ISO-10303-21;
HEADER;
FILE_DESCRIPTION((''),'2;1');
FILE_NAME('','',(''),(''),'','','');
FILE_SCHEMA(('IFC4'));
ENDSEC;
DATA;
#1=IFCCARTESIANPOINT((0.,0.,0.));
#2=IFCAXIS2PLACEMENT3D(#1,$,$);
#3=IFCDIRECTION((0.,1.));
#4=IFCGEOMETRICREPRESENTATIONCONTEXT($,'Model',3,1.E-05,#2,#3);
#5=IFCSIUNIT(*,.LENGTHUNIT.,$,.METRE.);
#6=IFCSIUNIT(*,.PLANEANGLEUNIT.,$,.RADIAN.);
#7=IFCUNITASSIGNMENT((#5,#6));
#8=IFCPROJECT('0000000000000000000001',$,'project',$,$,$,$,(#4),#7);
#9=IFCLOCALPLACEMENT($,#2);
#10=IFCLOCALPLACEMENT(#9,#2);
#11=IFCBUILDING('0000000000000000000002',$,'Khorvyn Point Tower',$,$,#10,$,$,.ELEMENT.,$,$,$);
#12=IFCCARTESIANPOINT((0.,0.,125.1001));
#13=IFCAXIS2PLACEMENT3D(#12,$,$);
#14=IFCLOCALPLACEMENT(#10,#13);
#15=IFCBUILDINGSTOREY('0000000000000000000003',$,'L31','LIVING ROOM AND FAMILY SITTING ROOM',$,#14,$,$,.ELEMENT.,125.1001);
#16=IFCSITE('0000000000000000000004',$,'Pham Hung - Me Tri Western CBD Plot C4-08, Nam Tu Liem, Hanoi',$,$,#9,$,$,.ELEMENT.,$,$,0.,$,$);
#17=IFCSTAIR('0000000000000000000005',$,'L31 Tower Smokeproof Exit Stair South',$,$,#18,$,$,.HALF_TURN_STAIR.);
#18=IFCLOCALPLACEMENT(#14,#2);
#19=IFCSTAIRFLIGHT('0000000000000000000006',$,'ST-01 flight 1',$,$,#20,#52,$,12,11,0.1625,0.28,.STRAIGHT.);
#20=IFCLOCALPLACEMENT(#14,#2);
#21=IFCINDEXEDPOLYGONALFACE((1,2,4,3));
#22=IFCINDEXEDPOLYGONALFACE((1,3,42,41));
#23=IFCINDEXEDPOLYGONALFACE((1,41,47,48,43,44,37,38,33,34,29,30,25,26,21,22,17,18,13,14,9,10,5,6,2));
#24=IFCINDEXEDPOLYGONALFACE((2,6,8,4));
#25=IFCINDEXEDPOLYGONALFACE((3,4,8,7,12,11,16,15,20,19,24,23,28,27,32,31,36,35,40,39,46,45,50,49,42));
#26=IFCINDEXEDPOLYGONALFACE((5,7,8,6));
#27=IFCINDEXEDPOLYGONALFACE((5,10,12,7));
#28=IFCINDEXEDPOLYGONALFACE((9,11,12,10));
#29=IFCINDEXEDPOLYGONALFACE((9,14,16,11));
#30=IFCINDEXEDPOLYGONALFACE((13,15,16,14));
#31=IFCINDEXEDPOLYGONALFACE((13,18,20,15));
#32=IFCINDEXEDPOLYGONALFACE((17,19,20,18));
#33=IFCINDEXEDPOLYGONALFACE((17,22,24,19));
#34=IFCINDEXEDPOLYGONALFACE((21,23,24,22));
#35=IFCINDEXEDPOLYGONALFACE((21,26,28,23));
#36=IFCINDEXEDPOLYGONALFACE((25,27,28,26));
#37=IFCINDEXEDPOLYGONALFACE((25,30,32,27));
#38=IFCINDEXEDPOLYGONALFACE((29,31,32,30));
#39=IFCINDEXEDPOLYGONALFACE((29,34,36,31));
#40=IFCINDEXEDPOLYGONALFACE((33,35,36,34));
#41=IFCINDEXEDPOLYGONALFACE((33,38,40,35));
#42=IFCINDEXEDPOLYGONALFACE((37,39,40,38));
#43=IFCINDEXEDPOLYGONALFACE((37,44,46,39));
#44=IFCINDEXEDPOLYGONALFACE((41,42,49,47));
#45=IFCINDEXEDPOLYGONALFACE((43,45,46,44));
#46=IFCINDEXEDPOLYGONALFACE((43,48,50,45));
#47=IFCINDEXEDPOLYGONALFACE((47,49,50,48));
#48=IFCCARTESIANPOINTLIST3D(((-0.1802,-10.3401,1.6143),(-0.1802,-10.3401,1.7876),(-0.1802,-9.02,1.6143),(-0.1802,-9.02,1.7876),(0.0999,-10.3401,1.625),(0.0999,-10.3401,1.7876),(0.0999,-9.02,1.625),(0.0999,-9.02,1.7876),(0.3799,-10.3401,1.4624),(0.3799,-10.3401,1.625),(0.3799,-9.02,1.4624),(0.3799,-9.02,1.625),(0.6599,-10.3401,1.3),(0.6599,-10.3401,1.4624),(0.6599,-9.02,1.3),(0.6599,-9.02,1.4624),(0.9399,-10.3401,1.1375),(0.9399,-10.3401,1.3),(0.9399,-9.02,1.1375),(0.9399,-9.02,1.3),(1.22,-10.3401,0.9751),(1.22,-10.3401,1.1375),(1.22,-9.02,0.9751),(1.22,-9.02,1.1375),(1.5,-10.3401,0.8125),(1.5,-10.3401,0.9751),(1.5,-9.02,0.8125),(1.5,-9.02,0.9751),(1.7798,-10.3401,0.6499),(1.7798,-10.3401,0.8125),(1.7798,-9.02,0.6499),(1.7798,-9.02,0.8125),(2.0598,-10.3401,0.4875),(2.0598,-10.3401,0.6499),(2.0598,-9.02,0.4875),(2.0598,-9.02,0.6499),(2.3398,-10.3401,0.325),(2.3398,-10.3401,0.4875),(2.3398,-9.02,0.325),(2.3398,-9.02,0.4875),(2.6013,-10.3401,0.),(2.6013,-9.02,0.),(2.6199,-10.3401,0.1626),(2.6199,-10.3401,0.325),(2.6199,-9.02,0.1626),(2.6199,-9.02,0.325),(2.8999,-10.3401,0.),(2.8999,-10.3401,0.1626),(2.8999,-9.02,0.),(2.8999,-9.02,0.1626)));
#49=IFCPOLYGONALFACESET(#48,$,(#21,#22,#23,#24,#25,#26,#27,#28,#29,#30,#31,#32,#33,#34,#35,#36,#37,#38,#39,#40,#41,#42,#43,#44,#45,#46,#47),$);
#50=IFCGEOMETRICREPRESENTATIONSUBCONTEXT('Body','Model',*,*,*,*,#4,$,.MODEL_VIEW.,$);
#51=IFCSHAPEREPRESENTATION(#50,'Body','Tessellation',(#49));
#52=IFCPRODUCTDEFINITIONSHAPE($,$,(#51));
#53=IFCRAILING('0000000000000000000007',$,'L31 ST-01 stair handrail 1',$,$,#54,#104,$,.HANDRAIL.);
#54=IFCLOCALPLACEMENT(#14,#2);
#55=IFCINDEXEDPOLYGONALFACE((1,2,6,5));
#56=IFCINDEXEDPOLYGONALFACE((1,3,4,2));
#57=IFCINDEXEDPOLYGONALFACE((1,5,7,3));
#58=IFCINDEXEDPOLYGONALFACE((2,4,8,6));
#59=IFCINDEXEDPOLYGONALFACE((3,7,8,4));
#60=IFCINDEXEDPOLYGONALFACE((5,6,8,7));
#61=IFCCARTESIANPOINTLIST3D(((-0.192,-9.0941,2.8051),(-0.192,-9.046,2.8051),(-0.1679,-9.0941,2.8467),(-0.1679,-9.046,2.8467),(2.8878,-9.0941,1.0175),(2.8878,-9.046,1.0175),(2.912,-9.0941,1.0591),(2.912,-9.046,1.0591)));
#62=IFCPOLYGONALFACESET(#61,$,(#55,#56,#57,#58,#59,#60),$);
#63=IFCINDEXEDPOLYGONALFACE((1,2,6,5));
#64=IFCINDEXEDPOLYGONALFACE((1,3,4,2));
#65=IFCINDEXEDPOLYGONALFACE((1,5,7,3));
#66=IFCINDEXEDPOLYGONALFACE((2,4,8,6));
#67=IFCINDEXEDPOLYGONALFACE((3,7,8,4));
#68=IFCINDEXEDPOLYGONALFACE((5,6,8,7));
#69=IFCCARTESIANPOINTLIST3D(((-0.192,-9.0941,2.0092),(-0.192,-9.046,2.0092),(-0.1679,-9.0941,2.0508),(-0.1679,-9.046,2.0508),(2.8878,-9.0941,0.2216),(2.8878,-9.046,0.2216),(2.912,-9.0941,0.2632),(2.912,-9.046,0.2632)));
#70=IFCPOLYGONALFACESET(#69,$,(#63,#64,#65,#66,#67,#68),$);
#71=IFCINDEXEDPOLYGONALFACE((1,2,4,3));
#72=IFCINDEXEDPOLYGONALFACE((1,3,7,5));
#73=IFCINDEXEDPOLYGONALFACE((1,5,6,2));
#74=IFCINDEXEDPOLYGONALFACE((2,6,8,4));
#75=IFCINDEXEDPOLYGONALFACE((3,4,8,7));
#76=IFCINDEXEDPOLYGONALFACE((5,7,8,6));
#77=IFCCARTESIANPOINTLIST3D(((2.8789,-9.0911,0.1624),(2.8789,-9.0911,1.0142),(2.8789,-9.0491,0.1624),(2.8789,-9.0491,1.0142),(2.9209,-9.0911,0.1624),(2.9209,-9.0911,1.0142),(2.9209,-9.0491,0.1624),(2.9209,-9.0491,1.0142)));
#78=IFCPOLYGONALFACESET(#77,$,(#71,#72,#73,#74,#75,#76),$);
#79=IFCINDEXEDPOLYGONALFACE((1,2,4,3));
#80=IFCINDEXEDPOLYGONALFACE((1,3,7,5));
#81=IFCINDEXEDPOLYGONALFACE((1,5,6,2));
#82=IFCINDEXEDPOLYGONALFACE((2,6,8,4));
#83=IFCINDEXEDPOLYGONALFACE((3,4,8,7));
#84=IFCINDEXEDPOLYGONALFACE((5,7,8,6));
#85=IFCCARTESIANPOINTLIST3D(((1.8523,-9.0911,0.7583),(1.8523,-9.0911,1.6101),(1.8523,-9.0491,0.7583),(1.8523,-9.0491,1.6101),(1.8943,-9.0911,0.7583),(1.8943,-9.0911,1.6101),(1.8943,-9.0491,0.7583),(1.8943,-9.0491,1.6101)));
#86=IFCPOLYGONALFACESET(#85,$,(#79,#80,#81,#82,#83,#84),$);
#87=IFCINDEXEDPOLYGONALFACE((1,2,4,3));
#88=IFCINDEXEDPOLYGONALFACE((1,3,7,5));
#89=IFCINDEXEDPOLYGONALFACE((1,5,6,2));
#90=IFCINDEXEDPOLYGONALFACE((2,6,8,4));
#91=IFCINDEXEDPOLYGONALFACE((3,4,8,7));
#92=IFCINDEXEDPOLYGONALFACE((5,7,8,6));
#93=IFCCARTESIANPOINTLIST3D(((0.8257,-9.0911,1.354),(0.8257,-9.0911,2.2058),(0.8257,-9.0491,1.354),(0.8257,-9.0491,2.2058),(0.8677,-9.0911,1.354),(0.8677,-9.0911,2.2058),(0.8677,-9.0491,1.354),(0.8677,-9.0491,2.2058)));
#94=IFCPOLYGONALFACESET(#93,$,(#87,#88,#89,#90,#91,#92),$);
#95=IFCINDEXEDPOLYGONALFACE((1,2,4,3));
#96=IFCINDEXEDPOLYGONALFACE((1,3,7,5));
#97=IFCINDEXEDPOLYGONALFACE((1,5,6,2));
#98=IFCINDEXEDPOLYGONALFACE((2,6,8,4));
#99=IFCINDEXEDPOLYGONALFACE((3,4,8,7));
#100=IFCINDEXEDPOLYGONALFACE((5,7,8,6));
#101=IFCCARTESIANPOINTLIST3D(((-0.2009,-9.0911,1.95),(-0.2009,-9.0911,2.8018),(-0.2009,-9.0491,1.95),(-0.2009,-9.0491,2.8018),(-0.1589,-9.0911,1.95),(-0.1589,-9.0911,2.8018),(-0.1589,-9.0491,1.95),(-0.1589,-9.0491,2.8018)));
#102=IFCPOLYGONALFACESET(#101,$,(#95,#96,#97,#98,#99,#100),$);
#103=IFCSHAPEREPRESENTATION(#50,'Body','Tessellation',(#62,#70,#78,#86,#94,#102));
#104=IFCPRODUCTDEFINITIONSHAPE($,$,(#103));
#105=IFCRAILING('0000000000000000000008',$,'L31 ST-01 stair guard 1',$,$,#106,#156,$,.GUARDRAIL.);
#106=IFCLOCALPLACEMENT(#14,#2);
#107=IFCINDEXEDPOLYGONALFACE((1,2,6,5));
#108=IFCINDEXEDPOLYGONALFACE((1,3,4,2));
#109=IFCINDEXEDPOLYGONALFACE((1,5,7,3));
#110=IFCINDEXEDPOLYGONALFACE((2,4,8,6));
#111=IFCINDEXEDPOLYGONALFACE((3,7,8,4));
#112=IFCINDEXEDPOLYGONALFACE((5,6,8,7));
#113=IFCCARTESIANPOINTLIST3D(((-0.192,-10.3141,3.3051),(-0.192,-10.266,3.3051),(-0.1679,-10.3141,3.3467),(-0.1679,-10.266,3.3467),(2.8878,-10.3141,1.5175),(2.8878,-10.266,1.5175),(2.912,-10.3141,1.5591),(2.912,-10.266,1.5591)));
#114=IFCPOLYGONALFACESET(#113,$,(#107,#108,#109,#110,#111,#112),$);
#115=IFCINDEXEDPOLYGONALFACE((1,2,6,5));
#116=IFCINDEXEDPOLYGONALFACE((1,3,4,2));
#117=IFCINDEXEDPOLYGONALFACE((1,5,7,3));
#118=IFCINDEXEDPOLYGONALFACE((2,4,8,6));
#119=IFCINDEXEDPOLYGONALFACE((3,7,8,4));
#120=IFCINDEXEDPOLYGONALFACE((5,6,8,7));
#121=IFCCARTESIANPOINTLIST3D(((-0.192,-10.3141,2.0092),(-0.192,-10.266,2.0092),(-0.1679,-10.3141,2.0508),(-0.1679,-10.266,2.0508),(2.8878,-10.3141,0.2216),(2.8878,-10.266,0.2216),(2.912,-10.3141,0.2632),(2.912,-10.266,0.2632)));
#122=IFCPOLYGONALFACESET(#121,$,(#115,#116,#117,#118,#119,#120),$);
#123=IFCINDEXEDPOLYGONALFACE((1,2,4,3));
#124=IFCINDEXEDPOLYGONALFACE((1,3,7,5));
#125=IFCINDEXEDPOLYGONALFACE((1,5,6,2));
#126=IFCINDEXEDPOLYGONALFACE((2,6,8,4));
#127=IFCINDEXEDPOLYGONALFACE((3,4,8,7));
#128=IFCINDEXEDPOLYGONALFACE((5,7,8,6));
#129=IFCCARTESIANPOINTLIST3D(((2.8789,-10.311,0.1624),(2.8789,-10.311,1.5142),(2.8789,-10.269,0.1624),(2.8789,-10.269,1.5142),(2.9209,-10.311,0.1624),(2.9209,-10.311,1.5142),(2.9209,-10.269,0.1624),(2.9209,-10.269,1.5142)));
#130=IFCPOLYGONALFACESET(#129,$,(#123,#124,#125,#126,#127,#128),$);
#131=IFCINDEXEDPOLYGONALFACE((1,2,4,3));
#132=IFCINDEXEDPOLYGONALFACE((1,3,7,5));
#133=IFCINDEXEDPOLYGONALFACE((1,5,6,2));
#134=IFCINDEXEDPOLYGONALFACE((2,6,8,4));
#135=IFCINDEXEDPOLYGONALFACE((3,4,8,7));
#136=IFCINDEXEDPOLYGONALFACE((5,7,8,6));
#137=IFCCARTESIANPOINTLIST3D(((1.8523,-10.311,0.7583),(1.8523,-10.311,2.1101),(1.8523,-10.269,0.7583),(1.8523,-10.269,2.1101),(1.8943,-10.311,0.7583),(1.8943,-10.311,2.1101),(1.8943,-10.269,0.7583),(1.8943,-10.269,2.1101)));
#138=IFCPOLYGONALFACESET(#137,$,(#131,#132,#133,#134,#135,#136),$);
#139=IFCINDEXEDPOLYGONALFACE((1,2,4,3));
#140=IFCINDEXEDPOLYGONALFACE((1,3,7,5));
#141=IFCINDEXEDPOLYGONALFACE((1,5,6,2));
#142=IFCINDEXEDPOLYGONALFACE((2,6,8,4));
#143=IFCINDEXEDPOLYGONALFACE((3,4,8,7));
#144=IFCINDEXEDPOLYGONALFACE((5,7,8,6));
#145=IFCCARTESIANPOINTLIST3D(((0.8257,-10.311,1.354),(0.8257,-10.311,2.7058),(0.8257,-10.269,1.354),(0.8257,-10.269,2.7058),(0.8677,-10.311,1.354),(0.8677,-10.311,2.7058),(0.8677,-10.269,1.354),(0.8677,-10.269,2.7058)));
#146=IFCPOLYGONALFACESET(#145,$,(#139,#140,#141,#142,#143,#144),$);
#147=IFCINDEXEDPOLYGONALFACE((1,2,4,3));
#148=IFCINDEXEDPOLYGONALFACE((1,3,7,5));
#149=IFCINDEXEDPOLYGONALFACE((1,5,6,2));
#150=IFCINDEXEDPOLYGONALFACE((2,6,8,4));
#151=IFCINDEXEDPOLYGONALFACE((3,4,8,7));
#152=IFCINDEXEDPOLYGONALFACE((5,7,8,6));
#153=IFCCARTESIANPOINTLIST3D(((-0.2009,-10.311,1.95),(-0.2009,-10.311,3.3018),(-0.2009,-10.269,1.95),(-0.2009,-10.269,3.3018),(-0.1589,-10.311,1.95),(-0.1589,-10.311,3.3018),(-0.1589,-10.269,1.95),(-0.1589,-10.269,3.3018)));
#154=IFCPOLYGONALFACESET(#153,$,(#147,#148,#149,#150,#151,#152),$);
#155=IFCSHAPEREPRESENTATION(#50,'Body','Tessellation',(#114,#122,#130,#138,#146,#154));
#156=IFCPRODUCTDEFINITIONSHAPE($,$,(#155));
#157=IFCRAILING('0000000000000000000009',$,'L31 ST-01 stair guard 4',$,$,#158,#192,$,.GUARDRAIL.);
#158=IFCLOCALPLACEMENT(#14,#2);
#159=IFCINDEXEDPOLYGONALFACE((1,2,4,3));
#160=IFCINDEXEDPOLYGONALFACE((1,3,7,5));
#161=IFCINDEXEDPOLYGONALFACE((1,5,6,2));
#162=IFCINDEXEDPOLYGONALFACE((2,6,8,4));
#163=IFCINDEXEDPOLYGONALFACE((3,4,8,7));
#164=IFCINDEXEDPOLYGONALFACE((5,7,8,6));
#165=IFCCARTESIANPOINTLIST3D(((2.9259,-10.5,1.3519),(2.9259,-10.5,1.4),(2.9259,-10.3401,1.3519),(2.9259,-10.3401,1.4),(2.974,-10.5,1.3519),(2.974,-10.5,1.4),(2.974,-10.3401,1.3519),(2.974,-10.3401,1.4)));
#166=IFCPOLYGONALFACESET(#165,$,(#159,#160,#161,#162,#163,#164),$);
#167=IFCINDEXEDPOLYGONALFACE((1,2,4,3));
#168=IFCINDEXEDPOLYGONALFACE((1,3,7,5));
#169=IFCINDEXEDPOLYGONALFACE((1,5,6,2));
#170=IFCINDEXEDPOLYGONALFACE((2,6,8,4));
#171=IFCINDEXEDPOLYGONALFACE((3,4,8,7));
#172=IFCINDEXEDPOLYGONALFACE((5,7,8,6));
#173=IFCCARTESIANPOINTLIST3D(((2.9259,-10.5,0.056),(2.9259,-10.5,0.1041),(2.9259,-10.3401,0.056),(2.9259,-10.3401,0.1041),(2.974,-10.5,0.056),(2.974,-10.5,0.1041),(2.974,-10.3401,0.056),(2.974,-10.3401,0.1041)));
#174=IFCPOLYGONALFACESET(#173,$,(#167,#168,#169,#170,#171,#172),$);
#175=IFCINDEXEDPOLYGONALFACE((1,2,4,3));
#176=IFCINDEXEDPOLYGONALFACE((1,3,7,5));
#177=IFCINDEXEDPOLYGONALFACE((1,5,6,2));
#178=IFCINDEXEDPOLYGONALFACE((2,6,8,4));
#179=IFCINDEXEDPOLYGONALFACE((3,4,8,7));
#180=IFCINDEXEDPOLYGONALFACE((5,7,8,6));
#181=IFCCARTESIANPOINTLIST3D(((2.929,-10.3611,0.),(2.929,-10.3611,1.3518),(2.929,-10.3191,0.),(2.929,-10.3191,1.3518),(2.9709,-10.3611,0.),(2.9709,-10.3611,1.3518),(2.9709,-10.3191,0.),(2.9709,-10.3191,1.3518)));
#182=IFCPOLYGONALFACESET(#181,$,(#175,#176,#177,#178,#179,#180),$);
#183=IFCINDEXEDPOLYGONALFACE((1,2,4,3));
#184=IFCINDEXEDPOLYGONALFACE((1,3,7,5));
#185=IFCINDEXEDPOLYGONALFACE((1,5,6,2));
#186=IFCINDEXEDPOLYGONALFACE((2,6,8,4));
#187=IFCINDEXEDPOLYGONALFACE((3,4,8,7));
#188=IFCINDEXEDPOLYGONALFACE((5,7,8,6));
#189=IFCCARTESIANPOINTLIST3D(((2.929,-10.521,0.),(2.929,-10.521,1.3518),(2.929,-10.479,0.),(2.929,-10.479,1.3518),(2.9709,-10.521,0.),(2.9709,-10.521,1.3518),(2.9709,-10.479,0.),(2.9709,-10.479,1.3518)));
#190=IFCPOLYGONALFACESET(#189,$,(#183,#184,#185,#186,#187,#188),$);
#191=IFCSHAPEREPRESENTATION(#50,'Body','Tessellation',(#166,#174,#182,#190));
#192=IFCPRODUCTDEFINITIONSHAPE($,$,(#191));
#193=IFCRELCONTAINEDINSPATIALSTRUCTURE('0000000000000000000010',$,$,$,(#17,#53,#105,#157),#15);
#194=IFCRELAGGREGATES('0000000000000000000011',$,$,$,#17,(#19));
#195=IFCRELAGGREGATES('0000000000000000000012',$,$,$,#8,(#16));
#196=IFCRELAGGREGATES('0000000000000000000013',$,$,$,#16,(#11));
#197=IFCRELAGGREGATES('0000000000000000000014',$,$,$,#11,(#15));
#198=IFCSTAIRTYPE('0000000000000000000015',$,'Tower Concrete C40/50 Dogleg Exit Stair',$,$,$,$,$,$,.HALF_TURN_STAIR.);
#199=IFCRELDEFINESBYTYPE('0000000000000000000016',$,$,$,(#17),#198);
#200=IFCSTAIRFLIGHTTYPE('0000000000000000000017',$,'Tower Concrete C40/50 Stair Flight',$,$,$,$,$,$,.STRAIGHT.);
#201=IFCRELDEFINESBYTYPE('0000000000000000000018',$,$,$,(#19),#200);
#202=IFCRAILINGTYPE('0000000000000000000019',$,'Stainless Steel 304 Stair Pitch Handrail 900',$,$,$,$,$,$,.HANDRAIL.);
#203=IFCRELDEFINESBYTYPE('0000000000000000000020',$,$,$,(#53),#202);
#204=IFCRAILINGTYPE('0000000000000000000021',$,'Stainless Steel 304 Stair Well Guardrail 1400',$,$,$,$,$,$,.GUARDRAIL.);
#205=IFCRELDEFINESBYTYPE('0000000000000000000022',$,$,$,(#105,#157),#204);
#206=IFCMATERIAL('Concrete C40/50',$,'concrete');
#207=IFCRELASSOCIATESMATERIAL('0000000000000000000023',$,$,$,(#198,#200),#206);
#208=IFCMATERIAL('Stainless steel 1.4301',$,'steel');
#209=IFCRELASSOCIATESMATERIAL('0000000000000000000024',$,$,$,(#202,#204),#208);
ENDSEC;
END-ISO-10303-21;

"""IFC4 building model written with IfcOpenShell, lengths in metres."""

from ifc_helpers import new_model, si_unit, direction, frame, origin, origin_2d, place, context, subcontext, project, spatial, polyline, rectangle, outline, extrude, material, type_object, element, aggregate, save


model = new_model("IFC4")

# Units and contexts
model_context = context("Model", 3, precision=1e-05, world=origin(), true_north=direction((0.0, 1.0)))
body_context = subcontext(model_context, "Body", "Model", "MODEL_VIEW")
ifc_project = project(units=[si_unit("LENGTHUNIT", "METRE"), si_unit("PLANEANGLEUNIT", "RADIAN")], contexts=[model_context])

# Site, building, storey
site_placement = place(None, origin())
site = spatial("IfcSite", under=ifc_project, at=site_placement, Name="Pham Hung - Me Tri Western CBD Plot C4-08, Nam Tu Liem, Hanoi", CompositionType="ELEMENT", RefElevation=0.0)
building_placement = place(site_placement, origin())
building = spatial("IfcBuilding", under=site, at=building_placement, Name="Khorvyn Point Tower", CompositionType="ELEMENT")
storey_placement = place(building_placement, frame((0.0, 0.0, 125.1001)))
storey = spatial("IfcBuildingStorey", under=building, at=storey_placement, Name="L31", Description="LIVING ROOM AND FAMILY SITTING ROOM", CompositionType="ELEMENT", Elevation=125.1001)

# Shared definitions
ifc_material_1 = material(Name="Concrete C40/50", Category="concrete")

# Stair, stair flight
stair_type = type_object("IfcStairType", Name="Tower Concrete C40/50 Dogleg Exit Stair", PredefinedType="HALF_TURN_STAIR", material=ifc_material_1)
stair_placement = place(storey_placement, origin())
stair = element("IfcStair", 1, at=stair_placement, inside=storey, type_object=stair_type, Name="L31 Tower Smokeproof Exit Stair South", PredefinedType="HALF_TURN_STAIR")
stair_flight_type = type_object("IfcStairFlightType", Name="Tower Concrete C40/50 Stair Flight", PredefinedType="STRAIGHT", material=ifc_material_1)
stair_flight_placement = place(storey_placement, frame((2.8999, -9.6799, 0.0), z_axis=(0.0, 0.0, 1.0), x_axis=(-1.0, 0.0, 0.0)))
stair_flight = element("IfcStairFlight", 2, at=stair_flight_placement, type_object=stair_flight_type, Name="ST-01 flight 1", NumberOfRisers=12, NumberOfTreads=11, PredefinedType="STRAIGHT", RiserHeight=0.1625, TreadLength=0.28, context=body_context, shape_type="SweptSolid", body=[
    extrude(outline(polyline([(0.0, 0.0), (0.0, 0.1626), (0.28, 0.1626), (0.28, 0.325), (0.5601, 0.325), (0.5601, 0.4875), (0.8401, 0.4875), (0.8401, 0.6499), (1.1201, 0.6499), (1.1201, 0.8125), (1.3999, 0.8125), (1.3999, 0.9751), (1.6799, 0.9751), (1.6799, 1.1375), (1.96, 1.1375), (1.96, 1.3), (2.24, 1.3), (2.24, 1.4624), (2.52, 1.4624), (2.52, 1.625), (2.8, 1.625), (2.8, 1.7876), (3.0801, 1.7876), (3.0801, 1.95), (3.0801, 1.6143), (0.2986, 0.0), (0.0, 0.0)])), frame((0.0, 0.6602, 0.0), z_axis=(0.0, -1.0, 0.0), x_axis=(1.0, 0.0, 0.0)), (0.0, 0.0, 1.0), 1.3201),
])
aggregate(stair, [stair_flight])

# Railings
ifc_material_2 = material(Name="Stainless steel 1.4301", Category="steel")
railing_type_1 = type_object("IfcRailingType", Name="Stainless Steel 304 Stair Pitch Handrail 900", PredefinedType="HANDRAIL", material=ifc_material_2)
railing_1_placement = place(storey_placement, frame((2.8999, -9.0701, 0.1624)))
element("IfcRailing", 3, at=railing_1_placement, inside=storey, type_object=railing_type_1, Name="L31 ST-01 stair handrail 1", PredefinedType="HANDRAIL", context=body_context, shape_type="SweptSolid", body=[
    extrude(rectangle(XDim=0.0481, YDim=0.0481, at=origin_2d()), frame((0.0, 0.0, 0.876), z_axis=(-0.864873, 0.0, 0.50199), x_axis=(0.0, -1.0, 0.0)), (0.0, 0.0, 1.0), 3.561),
    extrude(rectangle(XDim=0.0481, YDim=0.0481, at=origin_2d()), frame((0.0, 0.0, 0.0801), z_axis=(-0.864873, 0.0, 0.50199), x_axis=(0.0, -1.0, 0.0)), (0.0, 0.0, 1.0), 3.561),
    extrude(rectangle(XDim=0.042, YDim=0.042, at=origin_2d()), origin(), (0.0, 0.0, 1.0), 0.8518),
    extrude(rectangle(XDim=0.042, YDim=0.042, at=origin_2d()), frame((-1.0266, 0.0, 0.5959)), (0.0, 0.0, 1.0), 0.8518),
    extrude(rectangle(XDim=0.042, YDim=0.042, at=origin_2d()), frame((-2.0532, 0.0, 1.1917)), (0.0, 0.0, 1.0), 0.8518),
    extrude(rectangle(XDim=0.042, YDim=0.042, at=origin_2d()), frame((-3.0798, 0.0, 1.7876)), (0.0, 0.0, 1.0), 0.8518),
])
railing_type_2 = type_object("IfcRailingType", Name="Stainless Steel 304 Stair Well Guardrail 1400", PredefinedType="GUARDRAIL", material=ifc_material_2)
railing_2_placement = place(storey_placement, frame((2.8999, -10.29, 0.1624)))
element("IfcRailing", 4, at=railing_2_placement, inside=storey, type_object=railing_type_2, Name="L31 ST-01 stair guard 1", PredefinedType="GUARDRAIL", context=body_context, shape_type="SweptSolid", body=[
    extrude(rectangle(XDim=0.0481, YDim=0.0481, at=origin_2d()), frame((0.0, 0.0, 1.376), z_axis=(-0.864873, 0.0, 0.50199), x_axis=(0.0, -1.0, 0.0)), (0.0, 0.0, 1.0), 3.561),
    extrude(rectangle(XDim=0.0481, YDim=0.0481, at=origin_2d()), frame((0.0, 0.0, 0.0801), z_axis=(-0.864873, 0.0, 0.50199), x_axis=(0.0, -1.0, 0.0)), (0.0, 0.0, 1.0), 3.561),
    extrude(rectangle(XDim=0.042, YDim=0.042, at=origin_2d()), origin(), (0.0, 0.0, 1.0), 1.3518),
    extrude(rectangle(XDim=0.042, YDim=0.042, at=origin_2d()), frame((-1.0266, 0.0, 0.5959)), (0.0, 0.0, 1.0), 1.3518),
    extrude(rectangle(XDim=0.042, YDim=0.042, at=origin_2d()), frame((-2.0532, 0.0, 1.1917)), (0.0, 0.0, 1.0), 1.3518),
    extrude(rectangle(XDim=0.042, YDim=0.042, at=origin_2d()), frame((-3.0798, 0.0, 1.7876)), (0.0, 0.0, 1.0), 1.3518),
])
railing_3_placement = place(storey_placement, frame((2.95, -10.3401, 0.0)))
element("IfcRailing", 5, at=railing_3_placement, inside=storey, type_object=railing_type_2, Name="L31 ST-01 stair guard 4", PredefinedType="GUARDRAIL", context=body_context, shape_type="SweptSolid", body=[
    extrude(rectangle(XDim=0.0481, YDim=0.0481, at=origin_2d()), frame((0.0, 0.0, 1.376), z_axis=(0.0, -1.0, 0.0), x_axis=(1.0, 0.0, 0.0)), (0.0, 0.0, 1.0), 0.1599),
    extrude(rectangle(XDim=0.0481, YDim=0.0481, at=origin_2d()), frame((0.0, 0.0, 0.0801), z_axis=(0.0, -1.0, 0.0), x_axis=(1.0, 0.0, 0.0)), (0.0, 0.0, 1.0), 0.1599),
    extrude(rectangle(XDim=0.042, YDim=0.042, at=origin_2d()), origin(), (0.0, 0.0, 1.0), 1.3518),
    extrude(rectangle(XDim=0.042, YDim=0.042, at=origin_2d()), frame((0.0, -0.1599, 0.0)), (0.0, 0.0, 1.0), 1.3518),
])

save(model, "model.ifc")
